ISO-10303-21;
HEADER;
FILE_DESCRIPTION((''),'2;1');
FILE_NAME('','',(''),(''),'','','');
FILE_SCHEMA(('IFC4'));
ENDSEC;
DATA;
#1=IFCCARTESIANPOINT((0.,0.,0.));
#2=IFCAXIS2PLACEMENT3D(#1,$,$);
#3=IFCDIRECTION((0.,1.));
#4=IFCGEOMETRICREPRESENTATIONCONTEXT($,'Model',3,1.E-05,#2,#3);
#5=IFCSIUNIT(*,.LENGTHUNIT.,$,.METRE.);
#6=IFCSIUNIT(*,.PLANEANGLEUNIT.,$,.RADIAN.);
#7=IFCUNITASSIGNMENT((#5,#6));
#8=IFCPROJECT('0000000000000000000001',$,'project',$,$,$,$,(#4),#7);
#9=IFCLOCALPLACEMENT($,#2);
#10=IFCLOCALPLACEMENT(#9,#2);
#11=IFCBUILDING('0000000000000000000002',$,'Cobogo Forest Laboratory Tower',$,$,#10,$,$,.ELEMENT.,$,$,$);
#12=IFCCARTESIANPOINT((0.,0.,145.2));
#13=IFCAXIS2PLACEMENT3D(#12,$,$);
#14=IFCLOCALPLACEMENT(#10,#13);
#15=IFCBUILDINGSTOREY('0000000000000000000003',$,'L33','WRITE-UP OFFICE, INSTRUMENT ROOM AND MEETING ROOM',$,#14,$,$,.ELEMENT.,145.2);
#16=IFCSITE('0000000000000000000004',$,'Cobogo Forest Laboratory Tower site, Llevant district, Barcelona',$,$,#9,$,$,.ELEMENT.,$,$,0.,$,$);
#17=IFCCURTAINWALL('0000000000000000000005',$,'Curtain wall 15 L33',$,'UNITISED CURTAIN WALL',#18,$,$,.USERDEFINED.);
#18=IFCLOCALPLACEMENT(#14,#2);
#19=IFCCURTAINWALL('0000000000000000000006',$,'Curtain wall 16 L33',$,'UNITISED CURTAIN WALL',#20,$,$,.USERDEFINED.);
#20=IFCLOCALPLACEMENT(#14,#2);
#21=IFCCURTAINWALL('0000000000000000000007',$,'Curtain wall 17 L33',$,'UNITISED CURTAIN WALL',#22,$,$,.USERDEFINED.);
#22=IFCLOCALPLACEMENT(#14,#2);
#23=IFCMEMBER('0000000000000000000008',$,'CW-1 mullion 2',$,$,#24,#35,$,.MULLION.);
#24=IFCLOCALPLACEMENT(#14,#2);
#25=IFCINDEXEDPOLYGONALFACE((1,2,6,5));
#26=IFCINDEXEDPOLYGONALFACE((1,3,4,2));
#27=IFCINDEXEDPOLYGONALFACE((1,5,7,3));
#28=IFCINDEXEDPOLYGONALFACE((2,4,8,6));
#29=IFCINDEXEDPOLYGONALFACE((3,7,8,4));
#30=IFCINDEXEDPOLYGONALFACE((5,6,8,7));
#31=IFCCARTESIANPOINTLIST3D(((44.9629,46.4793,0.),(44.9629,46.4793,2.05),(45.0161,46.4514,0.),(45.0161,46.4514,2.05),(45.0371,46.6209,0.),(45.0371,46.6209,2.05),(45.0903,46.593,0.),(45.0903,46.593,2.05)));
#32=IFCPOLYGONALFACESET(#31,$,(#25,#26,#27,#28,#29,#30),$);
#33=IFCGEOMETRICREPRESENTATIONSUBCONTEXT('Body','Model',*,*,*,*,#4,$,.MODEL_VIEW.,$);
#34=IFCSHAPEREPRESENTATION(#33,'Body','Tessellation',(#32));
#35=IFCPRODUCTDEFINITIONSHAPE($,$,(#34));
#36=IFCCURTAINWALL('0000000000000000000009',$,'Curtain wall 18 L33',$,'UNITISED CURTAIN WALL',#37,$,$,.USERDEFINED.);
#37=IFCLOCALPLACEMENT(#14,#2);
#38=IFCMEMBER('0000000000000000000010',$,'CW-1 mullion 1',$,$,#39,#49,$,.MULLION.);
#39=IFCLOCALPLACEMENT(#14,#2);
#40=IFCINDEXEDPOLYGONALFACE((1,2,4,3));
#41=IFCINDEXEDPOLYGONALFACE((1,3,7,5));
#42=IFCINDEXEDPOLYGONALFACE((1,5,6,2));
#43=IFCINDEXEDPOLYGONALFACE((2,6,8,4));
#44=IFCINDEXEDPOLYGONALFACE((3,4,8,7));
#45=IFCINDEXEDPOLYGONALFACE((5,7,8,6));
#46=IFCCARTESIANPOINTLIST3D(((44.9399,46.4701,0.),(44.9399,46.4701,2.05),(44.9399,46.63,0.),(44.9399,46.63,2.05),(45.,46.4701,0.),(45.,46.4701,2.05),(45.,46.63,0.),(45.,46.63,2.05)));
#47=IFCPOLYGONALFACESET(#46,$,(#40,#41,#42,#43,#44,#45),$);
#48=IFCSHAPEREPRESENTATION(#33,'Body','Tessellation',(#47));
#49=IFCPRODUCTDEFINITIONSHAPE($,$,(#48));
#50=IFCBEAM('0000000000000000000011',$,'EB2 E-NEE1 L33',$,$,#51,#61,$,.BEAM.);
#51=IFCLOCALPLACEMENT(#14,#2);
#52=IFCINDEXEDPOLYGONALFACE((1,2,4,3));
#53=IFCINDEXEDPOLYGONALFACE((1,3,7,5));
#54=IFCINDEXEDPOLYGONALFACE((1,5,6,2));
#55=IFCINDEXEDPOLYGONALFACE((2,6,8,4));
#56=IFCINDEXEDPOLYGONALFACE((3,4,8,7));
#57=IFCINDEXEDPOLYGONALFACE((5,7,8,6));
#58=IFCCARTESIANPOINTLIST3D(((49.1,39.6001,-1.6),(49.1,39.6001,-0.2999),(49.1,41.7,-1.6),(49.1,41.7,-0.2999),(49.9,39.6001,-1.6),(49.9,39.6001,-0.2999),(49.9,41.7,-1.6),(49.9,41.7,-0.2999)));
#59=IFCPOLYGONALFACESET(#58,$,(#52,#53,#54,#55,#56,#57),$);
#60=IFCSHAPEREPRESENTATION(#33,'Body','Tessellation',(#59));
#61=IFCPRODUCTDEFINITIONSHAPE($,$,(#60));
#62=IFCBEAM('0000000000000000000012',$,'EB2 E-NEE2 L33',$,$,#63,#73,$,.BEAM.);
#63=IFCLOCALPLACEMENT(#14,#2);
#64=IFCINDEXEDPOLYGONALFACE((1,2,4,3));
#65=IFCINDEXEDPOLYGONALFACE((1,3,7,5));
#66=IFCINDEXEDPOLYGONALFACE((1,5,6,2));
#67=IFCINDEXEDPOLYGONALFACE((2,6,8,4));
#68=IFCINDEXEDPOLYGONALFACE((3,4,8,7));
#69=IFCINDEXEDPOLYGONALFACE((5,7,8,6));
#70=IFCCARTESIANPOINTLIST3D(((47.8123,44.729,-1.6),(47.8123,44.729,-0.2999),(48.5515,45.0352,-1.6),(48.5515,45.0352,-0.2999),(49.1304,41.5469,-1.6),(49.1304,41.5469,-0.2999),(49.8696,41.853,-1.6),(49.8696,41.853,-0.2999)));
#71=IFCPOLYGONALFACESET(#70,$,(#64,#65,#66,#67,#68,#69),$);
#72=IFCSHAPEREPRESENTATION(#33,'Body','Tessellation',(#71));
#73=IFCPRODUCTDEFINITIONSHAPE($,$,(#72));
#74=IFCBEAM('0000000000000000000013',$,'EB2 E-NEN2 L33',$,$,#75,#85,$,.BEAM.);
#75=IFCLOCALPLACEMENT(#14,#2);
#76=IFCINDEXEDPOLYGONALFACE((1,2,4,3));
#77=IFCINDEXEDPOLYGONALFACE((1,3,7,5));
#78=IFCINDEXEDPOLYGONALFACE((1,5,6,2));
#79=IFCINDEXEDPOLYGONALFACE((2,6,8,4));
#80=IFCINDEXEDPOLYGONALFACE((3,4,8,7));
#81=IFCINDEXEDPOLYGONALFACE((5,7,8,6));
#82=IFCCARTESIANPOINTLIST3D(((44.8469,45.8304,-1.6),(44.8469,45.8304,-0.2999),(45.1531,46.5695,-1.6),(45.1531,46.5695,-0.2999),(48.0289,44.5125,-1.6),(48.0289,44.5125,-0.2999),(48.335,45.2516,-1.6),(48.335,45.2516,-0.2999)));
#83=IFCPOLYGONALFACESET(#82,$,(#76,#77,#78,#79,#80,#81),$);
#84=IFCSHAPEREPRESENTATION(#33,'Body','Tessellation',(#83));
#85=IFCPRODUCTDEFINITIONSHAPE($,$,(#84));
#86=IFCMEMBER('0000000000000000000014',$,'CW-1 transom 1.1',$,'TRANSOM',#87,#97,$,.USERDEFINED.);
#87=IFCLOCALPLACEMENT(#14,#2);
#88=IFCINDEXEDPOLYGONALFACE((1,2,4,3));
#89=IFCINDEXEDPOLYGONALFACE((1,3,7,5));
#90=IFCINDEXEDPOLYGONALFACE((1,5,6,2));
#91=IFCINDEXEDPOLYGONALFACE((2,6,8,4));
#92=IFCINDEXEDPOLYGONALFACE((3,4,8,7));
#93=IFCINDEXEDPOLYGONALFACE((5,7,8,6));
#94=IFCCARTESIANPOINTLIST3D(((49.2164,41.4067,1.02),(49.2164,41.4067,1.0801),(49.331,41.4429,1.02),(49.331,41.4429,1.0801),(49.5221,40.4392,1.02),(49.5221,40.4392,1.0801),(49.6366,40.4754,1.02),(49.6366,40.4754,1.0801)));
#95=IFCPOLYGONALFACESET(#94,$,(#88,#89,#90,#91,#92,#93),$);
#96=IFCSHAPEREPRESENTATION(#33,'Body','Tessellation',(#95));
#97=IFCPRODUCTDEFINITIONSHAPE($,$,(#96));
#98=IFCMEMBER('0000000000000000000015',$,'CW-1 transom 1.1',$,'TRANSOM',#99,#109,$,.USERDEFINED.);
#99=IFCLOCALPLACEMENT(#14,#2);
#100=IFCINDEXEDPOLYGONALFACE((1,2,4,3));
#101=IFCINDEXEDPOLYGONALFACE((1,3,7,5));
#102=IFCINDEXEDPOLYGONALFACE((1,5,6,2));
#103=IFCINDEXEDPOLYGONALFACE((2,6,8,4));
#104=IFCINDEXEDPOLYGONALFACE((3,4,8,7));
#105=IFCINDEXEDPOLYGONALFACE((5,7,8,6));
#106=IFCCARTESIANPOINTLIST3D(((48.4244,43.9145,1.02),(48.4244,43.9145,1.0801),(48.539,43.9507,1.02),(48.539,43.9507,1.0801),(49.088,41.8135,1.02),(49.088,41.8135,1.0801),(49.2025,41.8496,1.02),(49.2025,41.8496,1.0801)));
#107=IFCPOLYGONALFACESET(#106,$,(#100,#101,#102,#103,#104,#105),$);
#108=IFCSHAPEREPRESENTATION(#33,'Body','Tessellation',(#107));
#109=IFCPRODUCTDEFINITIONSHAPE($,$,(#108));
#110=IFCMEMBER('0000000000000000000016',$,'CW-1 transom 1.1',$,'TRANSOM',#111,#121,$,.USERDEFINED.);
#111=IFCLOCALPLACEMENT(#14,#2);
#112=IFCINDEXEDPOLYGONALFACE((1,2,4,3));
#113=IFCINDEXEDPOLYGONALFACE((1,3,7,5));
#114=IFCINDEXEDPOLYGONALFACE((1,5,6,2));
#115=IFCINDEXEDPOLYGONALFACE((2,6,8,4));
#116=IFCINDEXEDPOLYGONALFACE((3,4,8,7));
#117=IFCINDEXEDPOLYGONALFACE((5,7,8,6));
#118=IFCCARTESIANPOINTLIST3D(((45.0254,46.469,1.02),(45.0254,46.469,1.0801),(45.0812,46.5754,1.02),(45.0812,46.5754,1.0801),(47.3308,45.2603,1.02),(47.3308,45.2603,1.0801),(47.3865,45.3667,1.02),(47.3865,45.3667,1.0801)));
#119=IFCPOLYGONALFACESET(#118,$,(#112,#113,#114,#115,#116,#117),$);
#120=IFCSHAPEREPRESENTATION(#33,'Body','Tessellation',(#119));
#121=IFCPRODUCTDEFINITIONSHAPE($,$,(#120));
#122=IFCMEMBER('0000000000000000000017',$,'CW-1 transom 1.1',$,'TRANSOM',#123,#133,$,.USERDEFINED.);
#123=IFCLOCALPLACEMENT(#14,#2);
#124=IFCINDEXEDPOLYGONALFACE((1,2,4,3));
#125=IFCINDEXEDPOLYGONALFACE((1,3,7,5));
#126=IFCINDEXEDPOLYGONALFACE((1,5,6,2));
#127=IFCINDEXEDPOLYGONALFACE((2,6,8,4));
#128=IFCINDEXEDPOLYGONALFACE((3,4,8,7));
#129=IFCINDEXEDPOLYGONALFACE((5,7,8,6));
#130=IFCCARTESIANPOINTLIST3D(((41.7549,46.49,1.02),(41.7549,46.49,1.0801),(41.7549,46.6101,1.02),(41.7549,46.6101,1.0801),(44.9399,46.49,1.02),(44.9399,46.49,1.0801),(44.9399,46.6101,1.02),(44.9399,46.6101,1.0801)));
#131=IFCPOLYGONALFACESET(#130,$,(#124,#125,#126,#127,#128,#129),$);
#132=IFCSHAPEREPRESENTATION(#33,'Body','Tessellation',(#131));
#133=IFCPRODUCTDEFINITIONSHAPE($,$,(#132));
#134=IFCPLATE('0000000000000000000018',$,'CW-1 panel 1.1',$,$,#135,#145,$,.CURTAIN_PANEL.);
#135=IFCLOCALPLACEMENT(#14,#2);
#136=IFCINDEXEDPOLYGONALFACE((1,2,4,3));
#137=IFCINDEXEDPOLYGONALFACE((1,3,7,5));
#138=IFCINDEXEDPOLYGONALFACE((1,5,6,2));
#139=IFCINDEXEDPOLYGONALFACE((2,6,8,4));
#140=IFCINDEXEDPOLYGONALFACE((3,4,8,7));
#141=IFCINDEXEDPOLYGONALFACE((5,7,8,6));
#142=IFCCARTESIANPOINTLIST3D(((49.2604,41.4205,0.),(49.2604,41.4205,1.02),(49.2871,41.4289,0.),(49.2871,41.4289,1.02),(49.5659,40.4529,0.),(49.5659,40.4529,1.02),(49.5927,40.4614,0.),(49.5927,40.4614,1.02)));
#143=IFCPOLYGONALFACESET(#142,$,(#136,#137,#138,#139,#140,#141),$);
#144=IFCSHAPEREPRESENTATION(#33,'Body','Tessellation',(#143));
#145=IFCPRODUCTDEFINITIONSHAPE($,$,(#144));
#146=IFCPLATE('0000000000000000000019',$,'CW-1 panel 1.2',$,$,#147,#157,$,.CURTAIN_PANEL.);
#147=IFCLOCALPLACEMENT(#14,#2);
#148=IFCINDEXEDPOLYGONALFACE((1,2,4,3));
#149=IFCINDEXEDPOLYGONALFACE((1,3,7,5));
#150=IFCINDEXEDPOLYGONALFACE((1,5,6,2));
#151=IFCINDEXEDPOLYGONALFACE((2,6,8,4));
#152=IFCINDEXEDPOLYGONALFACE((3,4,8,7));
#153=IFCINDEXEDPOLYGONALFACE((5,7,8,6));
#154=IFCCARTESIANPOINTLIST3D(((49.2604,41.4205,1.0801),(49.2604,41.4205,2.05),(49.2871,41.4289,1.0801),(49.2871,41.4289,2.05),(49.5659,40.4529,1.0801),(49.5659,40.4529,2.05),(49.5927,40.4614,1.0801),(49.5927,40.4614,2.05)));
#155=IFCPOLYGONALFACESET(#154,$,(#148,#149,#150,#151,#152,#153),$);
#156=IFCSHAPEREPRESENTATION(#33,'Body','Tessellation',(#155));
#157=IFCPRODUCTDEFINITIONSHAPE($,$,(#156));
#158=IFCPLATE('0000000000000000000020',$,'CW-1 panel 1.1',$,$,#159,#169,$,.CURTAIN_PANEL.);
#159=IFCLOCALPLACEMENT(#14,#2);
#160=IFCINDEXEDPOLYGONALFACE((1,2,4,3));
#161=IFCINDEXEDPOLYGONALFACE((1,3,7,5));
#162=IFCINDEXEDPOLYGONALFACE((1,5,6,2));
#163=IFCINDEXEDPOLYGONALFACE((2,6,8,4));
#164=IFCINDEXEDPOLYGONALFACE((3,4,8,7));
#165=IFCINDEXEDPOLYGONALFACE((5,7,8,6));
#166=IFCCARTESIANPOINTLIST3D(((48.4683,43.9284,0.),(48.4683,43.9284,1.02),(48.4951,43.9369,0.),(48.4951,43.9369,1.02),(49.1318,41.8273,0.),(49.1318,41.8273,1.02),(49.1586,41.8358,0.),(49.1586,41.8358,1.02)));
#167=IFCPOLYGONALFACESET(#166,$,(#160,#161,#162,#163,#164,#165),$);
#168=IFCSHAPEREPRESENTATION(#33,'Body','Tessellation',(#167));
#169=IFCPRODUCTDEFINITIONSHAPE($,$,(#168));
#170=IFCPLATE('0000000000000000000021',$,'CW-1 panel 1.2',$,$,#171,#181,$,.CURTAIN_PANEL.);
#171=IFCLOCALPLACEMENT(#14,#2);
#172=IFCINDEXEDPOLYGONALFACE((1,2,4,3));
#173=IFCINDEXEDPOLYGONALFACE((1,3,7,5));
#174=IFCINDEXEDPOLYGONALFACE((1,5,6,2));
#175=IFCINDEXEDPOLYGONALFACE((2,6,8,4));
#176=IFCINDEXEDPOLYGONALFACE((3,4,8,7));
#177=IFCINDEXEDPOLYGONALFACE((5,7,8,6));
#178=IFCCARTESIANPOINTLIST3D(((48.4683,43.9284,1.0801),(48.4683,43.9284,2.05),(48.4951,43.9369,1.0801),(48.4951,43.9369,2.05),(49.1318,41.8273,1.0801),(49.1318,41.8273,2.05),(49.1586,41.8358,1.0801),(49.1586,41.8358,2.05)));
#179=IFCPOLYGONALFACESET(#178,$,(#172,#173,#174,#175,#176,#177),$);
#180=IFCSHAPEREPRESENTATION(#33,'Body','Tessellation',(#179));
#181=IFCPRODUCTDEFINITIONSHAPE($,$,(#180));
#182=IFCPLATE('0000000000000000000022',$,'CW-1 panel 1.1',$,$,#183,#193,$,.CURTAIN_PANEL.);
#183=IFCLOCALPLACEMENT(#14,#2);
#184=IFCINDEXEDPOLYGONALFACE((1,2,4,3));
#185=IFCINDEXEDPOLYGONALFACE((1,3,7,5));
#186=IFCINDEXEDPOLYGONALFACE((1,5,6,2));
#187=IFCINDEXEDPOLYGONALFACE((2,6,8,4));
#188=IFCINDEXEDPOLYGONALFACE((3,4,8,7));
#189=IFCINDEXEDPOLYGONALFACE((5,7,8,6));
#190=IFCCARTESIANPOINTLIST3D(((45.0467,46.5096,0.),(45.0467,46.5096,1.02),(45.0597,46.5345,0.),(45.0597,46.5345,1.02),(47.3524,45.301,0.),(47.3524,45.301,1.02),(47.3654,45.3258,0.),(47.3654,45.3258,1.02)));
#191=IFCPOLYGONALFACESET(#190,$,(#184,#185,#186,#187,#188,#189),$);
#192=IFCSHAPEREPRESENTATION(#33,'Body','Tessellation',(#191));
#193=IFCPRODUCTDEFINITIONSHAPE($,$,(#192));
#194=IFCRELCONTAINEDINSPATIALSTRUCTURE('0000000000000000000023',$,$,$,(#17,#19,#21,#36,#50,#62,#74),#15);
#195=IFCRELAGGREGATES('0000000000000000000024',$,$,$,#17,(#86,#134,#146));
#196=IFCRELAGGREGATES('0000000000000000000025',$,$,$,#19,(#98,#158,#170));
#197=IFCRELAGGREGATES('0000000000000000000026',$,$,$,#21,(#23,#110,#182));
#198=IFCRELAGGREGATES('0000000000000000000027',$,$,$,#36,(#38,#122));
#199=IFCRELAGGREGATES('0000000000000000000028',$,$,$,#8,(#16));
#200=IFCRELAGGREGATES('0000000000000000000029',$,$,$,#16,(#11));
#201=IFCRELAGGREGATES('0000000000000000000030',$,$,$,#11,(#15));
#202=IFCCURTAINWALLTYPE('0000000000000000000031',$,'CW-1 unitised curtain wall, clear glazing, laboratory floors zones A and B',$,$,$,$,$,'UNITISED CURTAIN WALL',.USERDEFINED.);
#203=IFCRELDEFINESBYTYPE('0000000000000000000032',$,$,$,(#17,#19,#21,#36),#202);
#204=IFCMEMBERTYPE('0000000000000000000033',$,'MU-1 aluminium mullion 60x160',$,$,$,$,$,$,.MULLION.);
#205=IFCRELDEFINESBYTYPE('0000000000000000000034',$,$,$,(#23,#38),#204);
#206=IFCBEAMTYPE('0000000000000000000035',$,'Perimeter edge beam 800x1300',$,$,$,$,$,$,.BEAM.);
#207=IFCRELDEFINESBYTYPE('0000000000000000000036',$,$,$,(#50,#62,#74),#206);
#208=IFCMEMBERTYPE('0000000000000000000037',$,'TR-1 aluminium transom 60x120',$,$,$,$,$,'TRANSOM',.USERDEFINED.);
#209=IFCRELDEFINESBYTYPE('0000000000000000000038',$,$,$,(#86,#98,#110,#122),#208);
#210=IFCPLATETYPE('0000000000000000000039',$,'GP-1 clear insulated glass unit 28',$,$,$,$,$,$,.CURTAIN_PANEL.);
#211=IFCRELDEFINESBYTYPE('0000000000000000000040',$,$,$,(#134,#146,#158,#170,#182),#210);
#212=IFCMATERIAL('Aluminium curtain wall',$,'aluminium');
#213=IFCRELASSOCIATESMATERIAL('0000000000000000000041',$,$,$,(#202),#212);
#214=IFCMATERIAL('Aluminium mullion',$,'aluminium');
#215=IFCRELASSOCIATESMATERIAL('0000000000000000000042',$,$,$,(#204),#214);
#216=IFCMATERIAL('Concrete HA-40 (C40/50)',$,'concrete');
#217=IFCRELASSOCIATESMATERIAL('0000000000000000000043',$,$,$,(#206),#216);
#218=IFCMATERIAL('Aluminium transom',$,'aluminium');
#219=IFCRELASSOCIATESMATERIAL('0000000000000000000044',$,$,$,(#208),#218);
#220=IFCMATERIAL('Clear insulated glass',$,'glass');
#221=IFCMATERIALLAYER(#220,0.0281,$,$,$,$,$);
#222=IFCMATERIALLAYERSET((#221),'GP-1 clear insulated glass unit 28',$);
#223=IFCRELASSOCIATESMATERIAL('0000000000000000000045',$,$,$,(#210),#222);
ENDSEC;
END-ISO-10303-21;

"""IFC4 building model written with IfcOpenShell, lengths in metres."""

from ifc_helpers import new_model, si_unit, direction, frame, origin, origin_2d, place, context, subcontext, project, spatial, rectangle, extrude, material, layer, layer_set, material_profile, profile_set, type_object, element, aggregate, save


model = new_model("IFC4")

# Units and contexts
model_context = context("Model", 3, precision=1e-05, world=origin(), true_north=direction((0.0, 1.0)))
body_context = subcontext(model_context, "Body", "Model", "MODEL_VIEW")
ifc_project = project(units=[si_unit("LENGTHUNIT", "METRE"), si_unit("PLANEANGLEUNIT", "RADIAN")], contexts=[model_context])

# Site, building, storey
site_placement = place(None, origin())
site = spatial("IfcSite", under=ifc_project, at=site_placement, Name="Cobogo Forest Laboratory Tower site, Llevant district, Barcelona", CompositionType="ELEMENT", RefElevation=0.0)
building_placement = place(site_placement, origin())
building = spatial("IfcBuilding", under=site, at=building_placement, Name="Cobogo Forest Laboratory Tower", CompositionType="ELEMENT")
storey_placement = place(building_placement, frame((0.0, 0.0, 145.2)))
storey = spatial("IfcBuildingStorey", under=building, at=storey_placement, Name="L33", Description="WRITE-UP OFFICE, INSTRUMENT ROOM AND MEETING ROOM", CompositionType="ELEMENT", Elevation=145.2)

# Curtain walls, member
ifc_material_1 = material(Name="Aluminium curtain wall", Category="aluminium")
curtain_wall_type = type_object("IfcCurtainWallType", Name="CW-1 unitised curtain wall, clear glazing, laboratory floors zones A and B", ElementType="UNITISED CURTAIN WALL", PredefinedType="USERDEFINED", material=ifc_material_1)
curtain_wall_1_placement = place(storey_placement, origin())
curtain_wall_1 = element("IfcCurtainWall", 1, at=curtain_wall_1_placement, inside=storey, type_object=curtain_wall_type, Name="Curtain wall 15 L33", ObjectType="UNITISED CURTAIN WALL", PredefinedType="USERDEFINED")
ifc_material_2 = material(Name="Aluminium mullion", Category="aluminium")
ifc_material_profile_1 = material_profile(ifc_material_2, rectangle(XDim=0.0601, YDim=0.1599, at=origin_2d()), Name="AL 60x160")
ifc_profile_set_1 = profile_set([ifc_material_profile_1], Name="Aluminium mullion")
member_type_1 = type_object("IfcMemberType", Name="MU-1 aluminium mullion 60x160", PredefinedType="MULLION", material=ifc_profile_set_1)
curtain_wall_2_placement = place(storey_placement, origin())
curtain_wall_2 = element("IfcCurtainWall", 2, at=curtain_wall_2_placement, inside=storey, type_object=curtain_wall_type, Name="Curtain wall 16 L33", ObjectType="UNITISED CURTAIN WALL", PredefinedType="USERDEFINED")
curtain_wall_3_placement = place(storey_placement, origin())
curtain_wall_3 = element("IfcCurtainWall", 3, at=curtain_wall_3_placement, inside=storey, type_object=curtain_wall_type, Name="Curtain wall 17 L33", ObjectType="UNITISED CURTAIN WALL", PredefinedType="USERDEFINED")
member_1_placement = place(storey_placement, frame((45.0266, 46.5361, 0.0), z_axis=(0.0, 0.0, 1.0), x_axis=(-0.885687, 0.464284, 0.0)))
member_1 = element("IfcMember", 4, at=member_1_placement, type_object=member_type_1, Name="CW-1 mullion 2", PredefinedType="MULLION", context=body_context, shape_type="SweptSolid", body=[
    extrude(rectangle(XDim=0.0601, YDim=0.1599, at=origin_2d()), origin(), (0.0, 0.0, 1.0), 2.05),
])

# Curtain wall, member
curtain_wall_4_placement = place(storey_placement, origin())
curtain_wall_4 = element("IfcCurtainWall", 5, at=curtain_wall_4_placement, inside=storey, type_object=curtain_wall_type, Name="Curtain wall 18 L33", ObjectType="UNITISED CURTAIN WALL", PredefinedType="USERDEFINED")
member_2_placement = place(storey_placement, frame((44.97, 46.55, 0.0), z_axis=(0.0, 0.0, 1.0), x_axis=(-1.0, 0.0, 0.0)))
member_2 = element("IfcMember", 6, at=member_2_placement, type_object=member_type_1, Name="CW-1 mullion 1", PredefinedType="MULLION", context=body_context, shape_type="SweptSolid", body=[
    extrude(rectangle(XDim=0.0601, YDim=0.1599, at=origin_2d()), origin(), (0.0, 0.0, 1.0), 2.05),
])

# Beams
ifc_material_3 = material(Name="Concrete HA-40 (C40/50)", Category="concrete")
ifc_material_profile_2 = material_profile(ifc_material_3, rectangle(XDim=0.8, YDim=1.3, at=origin_2d()), Name="RC 800x1300")
ifc_profile_set_2 = profile_set([ifc_material_profile_2], Name="Concrete HA-40 (C40/50)")
beam_type_1 = type_object("IfcBeamType", Name="Perimeter edge beam 800x1300", PredefinedType="BEAM", material=ifc_profile_set_2)
beam_1_placement = place(storey_placement, frame((49.5, 39.6001, -0.95), z_axis=(0.0, 1.0, 0.0), x_axis=(-1.0, 0.0, 0.0)))
element("IfcBeam", 7, at=beam_1_placement, inside=storey, type_object=beam_type_1, Name="EB2 E-NEE1 L33", PredefinedType="BEAM", context=body_context, shape_type="SweptSolid", body=[
    extrude(rectangle(XDim=0.8, YDim=1.3, at=origin_2d()), origin(), (0.0, 0.0, 1.0), 2.0999),
])
beam_2_placement = place(storey_placement, frame((49.5, 41.7, -0.95), z_axis=(-0.382692, 0.923876, 0.0), x_axis=(-0.923876, -0.382692, 0.0)))
element("IfcBeam", 8, at=beam_2_placement, inside=storey, type_object=beam_type_1, Name="EB2 E-NEE2 L33", PredefinedType="BEAM", context=body_context, shape_type="SweptSolid", body=[
    extrude(rectangle(XDim=0.8, YDim=1.3, at=origin_2d()), origin(), (0.0, 0.0, 1.0), 3.4443),
])
beam_3_placement = place(storey_placement, frame((45.0, 46.2, -0.95), z_axis=(0.923891, -0.382656, 0.0), x_axis=(0.382656, 0.923891, 0.0)))
element("IfcBeam", 9, at=beam_3_placement, inside=storey, type_object=beam_type_1, Name="EB2 E-NEN2 L33", PredefinedType="BEAM", context=body_context, shape_type="SweptSolid", body=[
    extrude(rectangle(XDim=0.8, YDim=1.3, at=origin_2d()), origin(), (0.0, 0.0, 1.0), 3.4441),
])

# Members
ifc_material_4 = material(Name="Aluminium transom", Category="aluminium")
ifc_material_profile_3 = material_profile(ifc_material_4, rectangle(XDim=0.1201, YDim=0.0601, at=origin_2d()), Name="AL 60x120")
ifc_profile_set_3 = profile_set([ifc_material_profile_3], Name="Aluminium transom")
member_type_2 = type_object("IfcMemberType", Name="TR-1 aluminium transom 60x120", ElementType="TRANSOM", PredefinedType="USERDEFINED", material=ifc_profile_set_3)
member_3_placement = place(storey_placement, frame((49.5793, 40.4573, 1.05), z_axis=(-0.301247, 0.953546, 0.0), x_axis=(-0.953546, -0.301247, 0.0)))
member_3 = element("IfcMember", 10, at=member_3_placement, type_object=member_type_2, Name="CW-1 transom 1.1", ObjectType="TRANSOM", PredefinedType="USERDEFINED", context=body_context, shape_type="SweptSolid", body=[
    extrude(rectangle(XDim=0.1201, YDim=0.0601, at=origin_2d()), origin(), (0.0, 0.0, 1.0), 1.0146),
])
member_4_placement = place(storey_placement, frame((49.1453, 41.8315, 1.05), z_axis=(-0.301163, 0.953573, 0.0), x_axis=(-0.953573, -0.301163, 0.0)))
member_4 = element("IfcMember", 11, at=member_4_placement, type_object=member_type_2, Name="CW-1 transom 1.1", ObjectType="TRANSOM", PredefinedType="USERDEFINED", context=body_context, shape_type="SweptSolid", body=[
    extrude(rectangle(XDim=0.1201, YDim=0.0601, at=origin_2d()), origin(), (0.0, 0.0, 1.0), 2.2034),
])
member_5_placement = place(storey_placement, frame((47.3586, 45.3135, 1.05), z_axis=(-0.885652, 0.46435, 0.0), x_axis=(-0.46435, -0.885652, 0.0)))
member_5 = element("IfcMember", 12, at=member_5_placement, type_object=member_type_2, Name="CW-1 transom 1.1", ObjectType="TRANSOM", PredefinedType="USERDEFINED", context=body_context, shape_type="SweptSolid", body=[
    extrude(rectangle(XDim=0.1201, YDim=0.0601, at=origin_2d()), origin(), (0.0, 0.0, 1.0), 2.603),
])
member_6_placement = place(storey_placement, frame((44.9399, 46.55, 1.05), z_axis=(-1.0, 0.0, 0.0), x_axis=(0.0, -1.0, 0.0)))
member_6 = element("IfcMember", 13, at=member_6_placement, type_object=member_type_2, Name="CW-1 transom 1.1", ObjectType="TRANSOM", PredefinedType="USERDEFINED", context=body_context, shape_type="SweptSolid", body=[
    extrude(rectangle(XDim=0.1201, YDim=0.0601, at=origin_2d()), origin(), (0.0, 0.0, 1.0), 3.1851),
])

# Plates
ifc_material_5 = material(Name="Clear insulated glass", Category="glass")
ifc_layer = layer(ifc_material_5, 0.0281)
ifc_layer_set = layer_set([ifc_layer], Name="GP-1 clear insulated glass unit 28")
plate_type = type_object("IfcPlateType", Name="GP-1 clear insulated glass unit 28", PredefinedType="CURTAIN_PANEL", material=ifc_layer_set)
plate_1_placement = place(storey_placement, frame((49.4265, 40.9409, 0.0), z_axis=(0.0, 0.0, 1.0), x_axis=(-0.301136, 0.953581, 0.0)))
plate_1 = element("IfcPlate", 14, at=plate_1_placement, type_object=plate_type, Name="CW-1 panel 1.1", PredefinedType="CURTAIN_PANEL", context=body_context, shape_type="SweptSolid", body=[
    extrude(rectangle(XDim=1.0146, YDim=0.0281, at=origin_2d()), origin(), (0.0, 0.0, 1.0), 1.02),
])
plate_2_placement = place(storey_placement, frame((49.4265, 40.9409, 1.0801), z_axis=(0.0, 0.0, 1.0), x_axis=(-0.301136, 0.953581, 0.0)))
plate_2 = element("IfcPlate", 15, at=plate_2_placement, type_object=plate_type, Name="CW-1 panel 1.2", PredefinedType="CURTAIN_PANEL", context=body_context, shape_type="SweptSolid", body=[
    extrude(rectangle(XDim=1.0146, YDim=0.0281, at=origin_2d()), origin(), (0.0, 0.0, 1.0), 0.97),
])
aggregate(curtain_wall_1, [member_3, plate_1, plate_2])
plate_3_placement = place(storey_placement, frame((48.8135, 42.8821, 0.0), z_axis=(0.0, 0.0, 1.0), x_axis=(-0.301135, 0.953581, 0.0)))
plate_3 = element("IfcPlate", 16, at=plate_3_placement, type_object=plate_type, Name="CW-1 panel 1.1", PredefinedType="CURTAIN_PANEL", context=body_context, shape_type="SweptSolid", body=[
    extrude(rectangle(XDim=2.2034, YDim=0.0281, at=origin_2d()), origin(), (0.0, 0.0, 1.0), 1.02),
])
plate_4_placement = place(storey_placement, frame((48.8135, 42.8821, 1.0801), z_axis=(0.0, 0.0, 1.0), x_axis=(-0.301135, 0.953581, 0.0)))
plate_4 = element("IfcPlate", 17, at=plate_4_placement, type_object=plate_type, Name="CW-1 panel 1.2", PredefinedType="CURTAIN_PANEL", context=body_context, shape_type="SweptSolid", body=[
    extrude(rectangle(XDim=2.2034, YDim=0.0281, at=origin_2d()), origin(), (0.0, 0.0, 1.0), 0.97),
])
aggregate(curtain_wall_2, [member_4, plate_3, plate_4])
plate_5_placement = place(storey_placement, frame((46.2061, 45.9177, 0.0), z_axis=(0.0, 0.0, 1.0), x_axis=(-0.885687, 0.464284, 0.0)))
plate_5 = element("IfcPlate", 18, at=plate_5_placement, type_object=plate_type, Name="CW-1 panel 1.1", PredefinedType="CURTAIN_PANEL", context=body_context, shape_type="SweptSolid", body=[
    extrude(rectangle(XDim=2.6033, YDim=0.0281, at=origin_2d()), origin(), (0.0, 0.0, 1.0), 1.02),
])
aggregate(curtain_wall_3, [member_1, member_5, plate_5])
aggregate(curtain_wall_4, [member_2, member_6])

save(model, "model.ifc")
